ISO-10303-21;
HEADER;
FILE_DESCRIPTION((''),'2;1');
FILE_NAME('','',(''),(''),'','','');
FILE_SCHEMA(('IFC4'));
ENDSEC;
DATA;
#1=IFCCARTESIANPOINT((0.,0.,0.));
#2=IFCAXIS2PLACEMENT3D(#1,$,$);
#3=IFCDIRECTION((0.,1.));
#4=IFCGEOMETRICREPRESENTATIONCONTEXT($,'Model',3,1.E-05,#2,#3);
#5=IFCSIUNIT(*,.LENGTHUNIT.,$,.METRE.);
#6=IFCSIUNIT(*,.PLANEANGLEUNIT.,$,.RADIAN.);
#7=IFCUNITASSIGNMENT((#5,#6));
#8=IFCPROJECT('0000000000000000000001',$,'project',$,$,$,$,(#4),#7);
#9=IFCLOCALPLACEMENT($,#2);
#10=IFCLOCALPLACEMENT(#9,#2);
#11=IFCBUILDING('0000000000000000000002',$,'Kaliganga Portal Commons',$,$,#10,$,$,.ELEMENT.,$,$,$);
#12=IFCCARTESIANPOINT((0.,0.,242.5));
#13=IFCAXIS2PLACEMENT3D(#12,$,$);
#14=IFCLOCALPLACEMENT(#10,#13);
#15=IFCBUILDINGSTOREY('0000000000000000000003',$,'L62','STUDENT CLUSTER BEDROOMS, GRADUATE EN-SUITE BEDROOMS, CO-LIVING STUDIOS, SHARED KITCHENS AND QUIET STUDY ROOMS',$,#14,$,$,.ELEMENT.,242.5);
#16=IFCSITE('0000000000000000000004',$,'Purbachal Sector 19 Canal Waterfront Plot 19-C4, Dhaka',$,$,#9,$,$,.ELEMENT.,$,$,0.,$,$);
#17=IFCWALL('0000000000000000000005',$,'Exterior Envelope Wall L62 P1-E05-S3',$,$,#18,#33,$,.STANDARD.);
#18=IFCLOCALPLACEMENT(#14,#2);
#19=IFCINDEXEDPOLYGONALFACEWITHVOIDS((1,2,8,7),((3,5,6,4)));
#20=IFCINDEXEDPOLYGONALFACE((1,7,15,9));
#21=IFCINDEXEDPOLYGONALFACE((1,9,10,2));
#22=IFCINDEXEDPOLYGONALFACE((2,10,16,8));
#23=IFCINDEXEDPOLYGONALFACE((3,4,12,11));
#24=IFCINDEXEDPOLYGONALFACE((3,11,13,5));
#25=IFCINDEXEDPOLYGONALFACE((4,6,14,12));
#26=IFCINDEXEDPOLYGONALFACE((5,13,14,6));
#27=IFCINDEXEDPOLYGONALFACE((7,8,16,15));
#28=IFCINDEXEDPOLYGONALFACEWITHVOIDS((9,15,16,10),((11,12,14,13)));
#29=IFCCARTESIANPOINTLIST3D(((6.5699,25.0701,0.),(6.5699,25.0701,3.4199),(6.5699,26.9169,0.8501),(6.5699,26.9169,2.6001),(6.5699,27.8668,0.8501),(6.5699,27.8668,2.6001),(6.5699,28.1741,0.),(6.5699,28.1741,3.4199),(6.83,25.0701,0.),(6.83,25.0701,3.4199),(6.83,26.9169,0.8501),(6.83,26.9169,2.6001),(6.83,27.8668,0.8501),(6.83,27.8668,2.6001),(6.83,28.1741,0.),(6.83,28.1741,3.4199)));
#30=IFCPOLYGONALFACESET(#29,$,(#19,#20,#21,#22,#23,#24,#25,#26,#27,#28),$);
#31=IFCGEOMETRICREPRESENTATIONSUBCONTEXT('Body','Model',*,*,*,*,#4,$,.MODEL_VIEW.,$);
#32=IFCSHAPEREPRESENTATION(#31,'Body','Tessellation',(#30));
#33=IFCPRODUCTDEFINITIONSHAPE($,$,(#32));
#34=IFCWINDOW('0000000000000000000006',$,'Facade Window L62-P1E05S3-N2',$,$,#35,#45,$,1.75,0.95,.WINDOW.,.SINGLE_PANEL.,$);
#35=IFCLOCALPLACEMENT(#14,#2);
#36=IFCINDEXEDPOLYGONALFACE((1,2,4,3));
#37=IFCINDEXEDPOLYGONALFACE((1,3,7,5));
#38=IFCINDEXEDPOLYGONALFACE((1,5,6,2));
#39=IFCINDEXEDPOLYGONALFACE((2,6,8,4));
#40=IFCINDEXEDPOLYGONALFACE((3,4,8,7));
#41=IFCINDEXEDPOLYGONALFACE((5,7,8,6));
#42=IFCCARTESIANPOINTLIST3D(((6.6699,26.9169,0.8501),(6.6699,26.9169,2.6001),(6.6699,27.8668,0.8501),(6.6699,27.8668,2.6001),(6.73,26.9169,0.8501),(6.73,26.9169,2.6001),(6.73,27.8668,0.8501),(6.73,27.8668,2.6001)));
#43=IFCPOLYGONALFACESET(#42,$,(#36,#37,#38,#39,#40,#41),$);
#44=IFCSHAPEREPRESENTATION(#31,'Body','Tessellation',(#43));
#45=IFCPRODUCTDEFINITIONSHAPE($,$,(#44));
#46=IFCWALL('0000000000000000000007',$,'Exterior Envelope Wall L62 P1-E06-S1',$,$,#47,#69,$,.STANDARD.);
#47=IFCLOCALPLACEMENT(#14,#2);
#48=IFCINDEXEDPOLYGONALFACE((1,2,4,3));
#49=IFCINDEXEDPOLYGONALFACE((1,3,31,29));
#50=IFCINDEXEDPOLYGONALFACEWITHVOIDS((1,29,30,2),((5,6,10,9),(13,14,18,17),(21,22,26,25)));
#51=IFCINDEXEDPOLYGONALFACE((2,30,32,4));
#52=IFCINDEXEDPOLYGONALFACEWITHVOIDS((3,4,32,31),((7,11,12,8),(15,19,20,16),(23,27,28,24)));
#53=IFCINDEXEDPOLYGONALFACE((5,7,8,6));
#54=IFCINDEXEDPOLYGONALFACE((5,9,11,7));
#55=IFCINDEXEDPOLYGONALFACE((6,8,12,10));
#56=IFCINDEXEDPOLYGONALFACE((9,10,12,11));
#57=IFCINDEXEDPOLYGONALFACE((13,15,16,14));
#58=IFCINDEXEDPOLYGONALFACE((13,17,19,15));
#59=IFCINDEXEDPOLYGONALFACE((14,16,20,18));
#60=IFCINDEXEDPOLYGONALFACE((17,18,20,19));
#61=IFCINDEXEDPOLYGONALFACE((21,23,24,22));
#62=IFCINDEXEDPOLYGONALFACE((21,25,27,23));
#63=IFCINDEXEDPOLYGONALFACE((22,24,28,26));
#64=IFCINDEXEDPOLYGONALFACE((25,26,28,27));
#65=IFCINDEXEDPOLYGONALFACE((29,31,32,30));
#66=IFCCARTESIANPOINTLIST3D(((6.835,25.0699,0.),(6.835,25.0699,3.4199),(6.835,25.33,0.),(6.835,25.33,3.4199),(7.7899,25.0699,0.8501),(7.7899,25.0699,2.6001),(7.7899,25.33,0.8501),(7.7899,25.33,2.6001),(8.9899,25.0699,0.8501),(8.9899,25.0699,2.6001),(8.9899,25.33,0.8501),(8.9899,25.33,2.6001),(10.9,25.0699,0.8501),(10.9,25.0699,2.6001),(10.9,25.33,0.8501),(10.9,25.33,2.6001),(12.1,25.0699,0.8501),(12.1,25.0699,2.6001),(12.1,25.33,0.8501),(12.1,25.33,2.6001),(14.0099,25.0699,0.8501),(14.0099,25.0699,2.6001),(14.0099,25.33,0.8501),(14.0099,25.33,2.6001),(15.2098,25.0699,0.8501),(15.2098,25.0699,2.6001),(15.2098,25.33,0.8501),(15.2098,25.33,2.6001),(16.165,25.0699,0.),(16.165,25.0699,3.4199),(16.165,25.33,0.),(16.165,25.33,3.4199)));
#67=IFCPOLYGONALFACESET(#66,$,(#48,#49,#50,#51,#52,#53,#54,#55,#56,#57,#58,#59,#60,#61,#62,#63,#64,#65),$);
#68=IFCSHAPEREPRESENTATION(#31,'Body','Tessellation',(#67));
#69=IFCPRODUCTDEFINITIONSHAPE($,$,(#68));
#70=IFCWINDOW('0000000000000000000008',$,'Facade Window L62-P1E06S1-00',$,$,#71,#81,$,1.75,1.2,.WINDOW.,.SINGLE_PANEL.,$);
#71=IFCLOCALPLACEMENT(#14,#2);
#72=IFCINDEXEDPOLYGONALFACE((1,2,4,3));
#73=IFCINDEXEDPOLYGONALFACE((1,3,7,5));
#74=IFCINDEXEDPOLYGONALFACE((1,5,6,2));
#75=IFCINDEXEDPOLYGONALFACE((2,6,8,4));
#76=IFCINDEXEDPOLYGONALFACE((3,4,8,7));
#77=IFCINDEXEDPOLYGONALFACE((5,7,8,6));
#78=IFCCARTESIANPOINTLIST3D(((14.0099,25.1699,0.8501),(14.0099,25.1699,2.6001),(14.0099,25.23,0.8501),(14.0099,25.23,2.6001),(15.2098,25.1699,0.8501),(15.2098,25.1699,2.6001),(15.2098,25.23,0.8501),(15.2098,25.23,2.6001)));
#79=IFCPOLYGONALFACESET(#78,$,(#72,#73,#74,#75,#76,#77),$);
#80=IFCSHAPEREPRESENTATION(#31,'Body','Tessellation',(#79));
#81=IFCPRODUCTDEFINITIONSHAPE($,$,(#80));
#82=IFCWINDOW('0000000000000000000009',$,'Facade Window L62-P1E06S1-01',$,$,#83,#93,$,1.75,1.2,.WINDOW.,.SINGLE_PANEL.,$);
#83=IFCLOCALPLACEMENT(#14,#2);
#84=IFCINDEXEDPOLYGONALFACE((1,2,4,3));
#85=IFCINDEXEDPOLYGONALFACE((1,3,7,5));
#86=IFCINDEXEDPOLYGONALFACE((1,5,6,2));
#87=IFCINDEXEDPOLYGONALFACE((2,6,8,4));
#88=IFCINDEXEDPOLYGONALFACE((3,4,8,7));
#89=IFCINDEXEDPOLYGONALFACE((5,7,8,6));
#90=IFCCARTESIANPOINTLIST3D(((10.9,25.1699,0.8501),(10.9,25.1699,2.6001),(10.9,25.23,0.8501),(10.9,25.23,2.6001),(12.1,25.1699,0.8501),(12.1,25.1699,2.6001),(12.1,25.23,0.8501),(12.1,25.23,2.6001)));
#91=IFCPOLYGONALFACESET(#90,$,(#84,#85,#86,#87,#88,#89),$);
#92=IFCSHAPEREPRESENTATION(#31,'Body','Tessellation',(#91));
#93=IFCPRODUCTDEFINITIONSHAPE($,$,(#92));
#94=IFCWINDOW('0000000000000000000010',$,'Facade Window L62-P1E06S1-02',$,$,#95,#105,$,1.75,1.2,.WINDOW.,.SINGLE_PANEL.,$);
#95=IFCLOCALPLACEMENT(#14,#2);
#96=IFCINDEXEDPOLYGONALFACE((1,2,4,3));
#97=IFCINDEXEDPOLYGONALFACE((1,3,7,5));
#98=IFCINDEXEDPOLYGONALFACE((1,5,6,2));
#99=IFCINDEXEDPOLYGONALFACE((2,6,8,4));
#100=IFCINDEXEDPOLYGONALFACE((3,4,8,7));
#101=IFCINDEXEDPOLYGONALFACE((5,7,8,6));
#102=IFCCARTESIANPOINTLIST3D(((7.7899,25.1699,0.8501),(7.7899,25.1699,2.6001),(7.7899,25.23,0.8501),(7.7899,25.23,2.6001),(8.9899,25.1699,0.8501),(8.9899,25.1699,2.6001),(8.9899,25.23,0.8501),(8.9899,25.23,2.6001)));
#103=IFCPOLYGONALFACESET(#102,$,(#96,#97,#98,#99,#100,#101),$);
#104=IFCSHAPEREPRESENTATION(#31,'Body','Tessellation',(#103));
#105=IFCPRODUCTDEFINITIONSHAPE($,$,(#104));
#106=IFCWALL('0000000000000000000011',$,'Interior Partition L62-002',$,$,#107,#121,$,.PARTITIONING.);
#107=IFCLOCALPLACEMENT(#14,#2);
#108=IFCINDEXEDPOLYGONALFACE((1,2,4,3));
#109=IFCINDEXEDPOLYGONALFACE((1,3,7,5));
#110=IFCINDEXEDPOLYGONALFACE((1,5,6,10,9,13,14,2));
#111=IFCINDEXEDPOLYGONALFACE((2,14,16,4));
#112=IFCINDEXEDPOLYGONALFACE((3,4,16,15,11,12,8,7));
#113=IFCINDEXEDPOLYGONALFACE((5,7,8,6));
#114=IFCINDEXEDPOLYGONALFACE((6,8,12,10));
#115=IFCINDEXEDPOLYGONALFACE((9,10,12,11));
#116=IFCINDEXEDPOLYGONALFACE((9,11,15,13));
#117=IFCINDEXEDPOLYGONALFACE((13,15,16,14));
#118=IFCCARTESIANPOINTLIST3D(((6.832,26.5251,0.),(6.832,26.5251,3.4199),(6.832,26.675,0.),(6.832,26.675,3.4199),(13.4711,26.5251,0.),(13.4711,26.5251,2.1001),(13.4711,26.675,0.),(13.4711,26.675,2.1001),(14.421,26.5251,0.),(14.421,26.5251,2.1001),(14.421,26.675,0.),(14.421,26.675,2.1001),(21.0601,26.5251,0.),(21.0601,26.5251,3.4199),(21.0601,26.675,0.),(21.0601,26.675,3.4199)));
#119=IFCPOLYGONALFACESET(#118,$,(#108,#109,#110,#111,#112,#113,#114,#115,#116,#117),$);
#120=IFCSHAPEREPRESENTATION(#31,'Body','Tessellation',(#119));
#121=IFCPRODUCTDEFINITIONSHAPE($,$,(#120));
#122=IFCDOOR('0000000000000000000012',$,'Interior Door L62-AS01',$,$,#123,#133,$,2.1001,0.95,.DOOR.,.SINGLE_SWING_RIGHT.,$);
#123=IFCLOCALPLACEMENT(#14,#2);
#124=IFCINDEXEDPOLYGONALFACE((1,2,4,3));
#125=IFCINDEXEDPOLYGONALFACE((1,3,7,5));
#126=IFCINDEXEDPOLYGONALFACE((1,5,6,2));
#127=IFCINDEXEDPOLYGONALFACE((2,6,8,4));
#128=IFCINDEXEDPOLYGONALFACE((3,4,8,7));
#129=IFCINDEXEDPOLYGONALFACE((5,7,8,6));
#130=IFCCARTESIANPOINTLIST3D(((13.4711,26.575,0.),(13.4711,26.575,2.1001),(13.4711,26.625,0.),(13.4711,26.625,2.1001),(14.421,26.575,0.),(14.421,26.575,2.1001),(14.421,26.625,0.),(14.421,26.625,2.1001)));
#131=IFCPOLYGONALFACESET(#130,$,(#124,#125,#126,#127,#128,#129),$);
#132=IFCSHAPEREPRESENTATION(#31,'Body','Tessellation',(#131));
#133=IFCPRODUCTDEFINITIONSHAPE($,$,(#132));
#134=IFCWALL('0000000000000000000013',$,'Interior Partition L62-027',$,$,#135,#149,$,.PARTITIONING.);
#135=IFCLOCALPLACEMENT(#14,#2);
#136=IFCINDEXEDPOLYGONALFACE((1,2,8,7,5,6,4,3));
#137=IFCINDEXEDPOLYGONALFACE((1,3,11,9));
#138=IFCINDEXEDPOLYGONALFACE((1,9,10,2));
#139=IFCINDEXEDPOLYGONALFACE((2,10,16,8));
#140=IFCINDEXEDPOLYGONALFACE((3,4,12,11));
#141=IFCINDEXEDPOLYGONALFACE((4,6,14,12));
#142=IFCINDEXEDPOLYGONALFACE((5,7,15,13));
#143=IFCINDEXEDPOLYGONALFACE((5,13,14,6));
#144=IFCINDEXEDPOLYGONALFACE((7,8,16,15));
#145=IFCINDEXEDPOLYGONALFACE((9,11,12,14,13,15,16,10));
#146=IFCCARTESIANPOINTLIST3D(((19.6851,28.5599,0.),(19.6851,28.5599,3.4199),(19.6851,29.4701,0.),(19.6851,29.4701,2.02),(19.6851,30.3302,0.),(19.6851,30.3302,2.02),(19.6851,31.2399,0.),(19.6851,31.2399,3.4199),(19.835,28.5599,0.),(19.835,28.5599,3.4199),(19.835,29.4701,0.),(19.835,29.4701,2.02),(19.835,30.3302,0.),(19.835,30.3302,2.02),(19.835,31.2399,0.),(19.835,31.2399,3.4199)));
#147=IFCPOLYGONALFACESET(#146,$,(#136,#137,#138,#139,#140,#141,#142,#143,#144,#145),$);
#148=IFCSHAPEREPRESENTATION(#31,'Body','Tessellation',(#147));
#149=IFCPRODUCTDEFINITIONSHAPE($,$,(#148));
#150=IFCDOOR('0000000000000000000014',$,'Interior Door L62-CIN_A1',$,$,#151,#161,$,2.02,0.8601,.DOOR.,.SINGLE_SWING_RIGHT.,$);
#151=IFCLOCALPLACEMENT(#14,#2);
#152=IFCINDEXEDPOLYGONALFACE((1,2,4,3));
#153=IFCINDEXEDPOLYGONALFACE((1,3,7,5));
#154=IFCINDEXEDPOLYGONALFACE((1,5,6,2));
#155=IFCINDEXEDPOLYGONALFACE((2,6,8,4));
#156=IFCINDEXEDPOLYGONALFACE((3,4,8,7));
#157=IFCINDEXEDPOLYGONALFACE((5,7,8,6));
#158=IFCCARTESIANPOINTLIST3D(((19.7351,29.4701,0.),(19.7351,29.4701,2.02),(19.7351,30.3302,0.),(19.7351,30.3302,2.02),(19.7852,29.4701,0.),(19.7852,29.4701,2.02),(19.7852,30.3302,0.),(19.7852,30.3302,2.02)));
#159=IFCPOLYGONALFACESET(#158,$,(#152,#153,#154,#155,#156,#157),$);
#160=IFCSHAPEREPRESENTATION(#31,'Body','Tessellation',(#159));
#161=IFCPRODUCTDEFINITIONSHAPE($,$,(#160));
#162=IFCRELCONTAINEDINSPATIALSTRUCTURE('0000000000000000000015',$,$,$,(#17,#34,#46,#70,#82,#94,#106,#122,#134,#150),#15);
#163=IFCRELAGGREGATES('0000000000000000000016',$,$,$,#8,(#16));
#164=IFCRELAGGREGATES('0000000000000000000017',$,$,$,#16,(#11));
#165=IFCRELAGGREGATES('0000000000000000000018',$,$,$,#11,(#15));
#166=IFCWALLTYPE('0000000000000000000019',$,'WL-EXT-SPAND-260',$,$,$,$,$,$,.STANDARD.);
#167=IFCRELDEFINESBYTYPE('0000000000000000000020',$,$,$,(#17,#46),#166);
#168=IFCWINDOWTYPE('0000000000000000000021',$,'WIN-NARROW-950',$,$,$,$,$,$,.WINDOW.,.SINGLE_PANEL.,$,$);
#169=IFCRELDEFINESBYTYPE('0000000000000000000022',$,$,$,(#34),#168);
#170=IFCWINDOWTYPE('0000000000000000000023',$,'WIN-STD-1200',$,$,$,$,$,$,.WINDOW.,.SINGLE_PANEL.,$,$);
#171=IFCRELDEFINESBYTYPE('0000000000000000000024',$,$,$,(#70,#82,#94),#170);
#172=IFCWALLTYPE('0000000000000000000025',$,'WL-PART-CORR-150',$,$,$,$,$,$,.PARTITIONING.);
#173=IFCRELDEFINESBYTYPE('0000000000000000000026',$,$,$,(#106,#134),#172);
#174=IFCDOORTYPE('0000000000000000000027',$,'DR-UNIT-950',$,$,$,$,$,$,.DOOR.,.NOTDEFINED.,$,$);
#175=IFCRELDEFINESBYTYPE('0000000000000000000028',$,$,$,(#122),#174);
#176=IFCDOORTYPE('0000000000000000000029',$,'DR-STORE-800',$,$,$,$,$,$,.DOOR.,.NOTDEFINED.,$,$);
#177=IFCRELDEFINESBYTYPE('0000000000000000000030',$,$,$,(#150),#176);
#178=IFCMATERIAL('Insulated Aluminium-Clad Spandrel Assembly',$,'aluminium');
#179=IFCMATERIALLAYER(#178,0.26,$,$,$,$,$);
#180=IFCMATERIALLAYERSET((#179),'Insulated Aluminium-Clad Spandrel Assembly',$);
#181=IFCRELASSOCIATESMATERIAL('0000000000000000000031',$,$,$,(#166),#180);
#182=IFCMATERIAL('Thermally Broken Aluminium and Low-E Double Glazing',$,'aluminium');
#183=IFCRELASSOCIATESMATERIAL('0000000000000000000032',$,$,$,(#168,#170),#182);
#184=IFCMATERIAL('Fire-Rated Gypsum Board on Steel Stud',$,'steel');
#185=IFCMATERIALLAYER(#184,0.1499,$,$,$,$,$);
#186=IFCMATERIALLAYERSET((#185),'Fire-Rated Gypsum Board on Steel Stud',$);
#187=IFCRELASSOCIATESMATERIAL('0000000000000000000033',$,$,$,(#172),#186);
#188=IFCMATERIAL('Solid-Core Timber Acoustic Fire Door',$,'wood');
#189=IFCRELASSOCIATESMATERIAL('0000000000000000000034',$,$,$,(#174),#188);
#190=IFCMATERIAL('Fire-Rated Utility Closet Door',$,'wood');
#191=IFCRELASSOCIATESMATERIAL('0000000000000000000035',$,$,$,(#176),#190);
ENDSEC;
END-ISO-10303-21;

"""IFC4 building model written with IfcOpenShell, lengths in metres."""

from ifc_helpers import new_model, si_unit, direction, frame, frame_2d, origin, place, context, subcontext, project, spatial, rectangle, extrude, material, layer, layer_set, type_object, element, fill, save


model = new_model("IFC4")

# Units and contexts
model_context = context("Model", 3, precision=1e-05, world=origin(), true_north=direction((0.0, 1.0)))
body_context = subcontext(model_context, "Body", "Model", "MODEL_VIEW")
ifc_project = project(units=[si_unit("LENGTHUNIT", "METRE"), si_unit("PLANEANGLEUNIT", "RADIAN")], contexts=[model_context])

# Site, building, storey
site_placement = place(None, origin())
site = spatial("IfcSite", under=ifc_project, at=site_placement, Name="Purbachal Sector 19 Canal Waterfront Plot 19-C4, Dhaka", CompositionType="ELEMENT", RefElevation=0.0)
building_placement = place(site_placement, origin())
building = spatial("IfcBuilding", under=site, at=building_placement, Name="Kaliganga Portal Commons", CompositionType="ELEMENT")
storey_placement = place(building_placement, frame((0.0, 0.0, 242.5)))
storey = spatial("IfcBuildingStorey", under=building, at=storey_placement, Name="L62", Description="STUDENT CLUSTER BEDROOMS, GRADUATE EN-SUITE BEDROOMS, CO-LIVING STUDIOS, SHARED KITCHENS AND QUIET STUDY ROOMS", CompositionType="ELEMENT", Elevation=242.5)

# Wall, opening, window
ifc_material_1 = material(Name="Insulated Aluminium-Clad Spandrel Assembly", Category="aluminium")
ifc_layer_1 = layer(ifc_material_1, 0.26)
ifc_layer_set_1 = layer_set([ifc_layer_1], Name="Insulated Aluminium-Clad Spandrel Assembly")
wall_type_1 = type_object("IfcWallType", Name="WL-EXT-SPAND-260", PredefinedType="STANDARD", material=ifc_layer_set_1)
wall_1_placement = place(storey_placement, frame((6.7, 25.0701, 0.0), z_axis=(0.0, 0.0, 1.0), x_axis=(0.0, 1.0, 0.0)))
wall_1 = element("IfcWall", 1, at=wall_1_placement, inside=storey, type_object=wall_type_1, Name="Exterior Envelope Wall L62 P1-E05-S3", PredefinedType="STANDARD", context=body_context, shape_type="SweptSolid", body=[
    extrude(rectangle(XDim=3.104, YDim=0.26, at=frame_2d((1.552, 0.0))), origin(), (0.0, 0.0, 1.0), 3.4199),
])
opening_1_placement = place(wall_1_placement, frame((1.8467, 0.0, 0.8501)))
opening_1 = element("IfcOpeningElement", 2, at=opening_1_placement, cuts=wall_1, PredefinedType="OPENING", context=body_context, shape_type="SweptSolid", body=[
    extrude(rectangle(XDim=0.95, YDim=1.75, at=frame_2d((0.4751, 0.875))), frame((0.0, 0.1401, 0.0), z_axis=(0.0, -1.0, 0.0), x_axis=(1.0, 0.0, 0.0)), (0.0, 0.0, 1.0), 0.28),
])
ifc_material_2 = material(Name="Thermally Broken Aluminium and Low-E Double Glazing", Category="aluminium")
window_type_1 = type_object("IfcWindowType", Name="WIN-NARROW-950", PartitioningType="SINGLE_PANEL", PredefinedType="WINDOW", material=ifc_material_2)
window_1_placement = place(opening_1_placement, origin())
window_1 = element("IfcWindow", 3, at=window_1_placement, inside=storey, type_object=window_type_1, Name="Facade Window L62-P1E05S3-N2", OverallHeight=1.75, OverallWidth=0.95, PartitioningType="SINGLE_PANEL", PredefinedType="WINDOW", context=body_context, shape_type="SweptSolid", body=[
    extrude(rectangle(XDim=0.95, YDim=1.75, at=frame_2d((0.4751, 0.875))), frame((0.0, 0.03, 0.0), z_axis=(0.0, -1.0, 0.0), x_axis=(1.0, 0.0, 0.0)), (0.0, 0.0, 1.0), 0.0601),
])
fill(opening_1, window_1)

# Wall, openings, windows
wall_2_placement = place(storey_placement, frame((16.165, 25.2, 0.0), z_axis=(0.0, 0.0, 1.0), x_axis=(-1.0, 0.0, 0.0)))
wall_2 = element("IfcWall", 4, at=wall_2_placement, inside=storey, type_object=wall_type_1, Name="Exterior Envelope Wall L62 P1-E06-S1", PredefinedType="STANDARD", context=body_context, shape_type="SweptSolid", body=[
    extrude(rectangle(XDim=9.3301, YDim=0.26, at=frame_2d((4.665, 0.0))), origin(), (0.0, 0.0, 1.0), 3.4199),
])
opening_2_placement = place(wall_2_placement, frame((0.9551, 0.0, 0.8501)))
opening_2 = element("IfcOpeningElement", 5, at=opening_2_placement, cuts=wall_2, PredefinedType="OPENING", context=body_context, shape_type="SweptSolid", body=[
    extrude(rectangle(XDim=1.2, YDim=1.75, at=frame_2d((0.6001, 0.875))), frame((0.0, 0.1401, 0.0), z_axis=(0.0, -1.0, 0.0), x_axis=(1.0, 0.0, 0.0)), (0.0, 0.0, 1.0), 0.28),
])
opening_3_placement = place(wall_2_placement, frame((4.0649, 0.0, 0.8501)))
opening_3 = element("IfcOpeningElement", 6, at=opening_3_placement, cuts=wall_2, PredefinedType="OPENING", context=body_context, shape_type="SweptSolid", body=[
    extrude(rectangle(XDim=1.2, YDim=1.75, at=frame_2d((0.6001, 0.875))), frame((0.0, 0.1401, 0.0), z_axis=(0.0, -1.0, 0.0), x_axis=(1.0, 0.0, 0.0)), (0.0, 0.0, 1.0), 0.28),
])
opening_4_placement = place(wall_2_placement, frame((7.175, 0.0, 0.8501)))
opening_4 = element("IfcOpeningElement", 7, at=opening_4_placement, cuts=wall_2, PredefinedType="OPENING", context=body_context, shape_type="SweptSolid", body=[
    extrude(rectangle(XDim=1.2, YDim=1.75, at=frame_2d((0.6001, 0.875))), frame((0.0, 0.1401, 0.0), z_axis=(0.0, -1.0, 0.0), x_axis=(1.0, 0.0, 0.0)), (0.0, 0.0, 1.0), 0.28),
])
window_type_2 = type_object("IfcWindowType", Name="WIN-STD-1200", PartitioningType="SINGLE_PANEL", PredefinedType="WINDOW", material=ifc_material_2)
window_2_placement = place(opening_2_placement, origin())
window_2 = element("IfcWindow", 8, at=window_2_placement, inside=storey, type_object=window_type_2, Name="Facade Window L62-P1E06S1-00", OverallHeight=1.75, OverallWidth=1.2, PartitioningType="SINGLE_PANEL", PredefinedType="WINDOW", context=body_context, shape_type="SweptSolid", body=[
    extrude(rectangle(XDim=1.2, YDim=1.75, at=frame_2d((0.6001, 0.875))), frame((0.0, 0.03, 0.0), z_axis=(0.0, -1.0, 0.0), x_axis=(1.0, 0.0, 0.0)), (0.0, 0.0, 1.0), 0.0601),
])
fill(opening_2, window_2)
window_3_placement = place(opening_3_placement, origin())
window_3 = element("IfcWindow", 9, at=window_3_placement, inside=storey, type_object=window_type_2, Name="Facade Window L62-P1E06S1-01", OverallHeight=1.75, OverallWidth=1.2, PartitioningType="SINGLE_PANEL", PredefinedType="WINDOW", context=body_context, shape_type="SweptSolid", body=[
    extrude(rectangle(XDim=1.2, YDim=1.75, at=frame_2d((0.6001, 0.875))), frame((0.0, 0.03, 0.0), z_axis=(0.0, -1.0, 0.0), x_axis=(1.0, 0.0, 0.0)), (0.0, 0.0, 1.0), 0.0601),
])
fill(opening_3, window_3)
window_4_placement = place(opening_4_placement, origin())
window_4 = element("IfcWindow", 10, at=window_4_placement, inside=storey, type_object=window_type_2, Name="Facade Window L62-P1E06S1-02", OverallHeight=1.75, OverallWidth=1.2, PartitioningType="SINGLE_PANEL", PredefinedType="WINDOW", context=body_context, shape_type="SweptSolid", body=[
    extrude(rectangle(XDim=1.2, YDim=1.75, at=frame_2d((0.6001, 0.875))), frame((0.0, 0.03, 0.0), z_axis=(0.0, -1.0, 0.0), x_axis=(1.0, 0.0, 0.0)), (0.0, 0.0, 1.0), 0.0601),
])
fill(opening_4, window_4)

# Walls, openings, doors
ifc_material_3 = material(Name="Fire-Rated Gypsum Board on Steel Stud", Category="steel")
ifc_layer_2 = layer(ifc_material_3, 0.1499)
ifc_layer_set_2 = layer_set([ifc_layer_2], Name="Fire-Rated Gypsum Board on Steel Stud")
wall_type_2 = type_object("IfcWallType", Name="WL-PART-CORR-150", PredefinedType="PARTITIONING", material=ifc_layer_set_2)
wall_3_placement = place(storey_placement, frame((6.832, 26.6001, 0.0), z_axis=(0.0, 0.0, 1.0), x_axis=(1.0, 0.0, 0.0)))
wall_3 = element("IfcWall", 11, at=wall_3_placement, inside=storey, type_object=wall_type_2, Name="Interior Partition L62-002", PredefinedType="PARTITIONING", context=body_context, shape_type="SweptSolid", body=[
    extrude(rectangle(XDim=14.228, YDim=0.1499, at=frame_2d((7.114, 0.0))), origin(), (0.0, 0.0, 1.0), 3.4199),
])
opening_5_placement = place(wall_3_placement, frame((6.6389, 0.0, 0.0)))
opening_5 = element("IfcOpeningElement", 12, at=opening_5_placement, cuts=wall_3, PredefinedType="OPENING", context=body_context, shape_type="SweptSolid", body=[
    extrude(rectangle(XDim=0.95, YDim=2.1001, at=frame_2d((0.4751, 1.05))), frame((0.0, 0.085, 0.0), z_axis=(0.0, -1.0, 0.0), x_axis=(1.0, 0.0, 0.0)), (0.0, 0.0, 1.0), 0.1699),
])
ifc_material_4 = material(Name="Solid-Core Timber Acoustic Fire Door", Category="wood")
door_type_1 = type_object("IfcDoorType", Name="DR-UNIT-950", OperationType="NOTDEFINED", PredefinedType="DOOR", material=ifc_material_4)
door_1_placement = place(opening_5_placement, origin())
door_1 = element("IfcDoor", 13, at=door_1_placement, inside=storey, type_object=door_type_1, Name="Interior Door L62-AS01", OperationType="SINGLE_SWING_RIGHT", OverallHeight=2.1001, OverallWidth=0.95, PredefinedType="DOOR", context=body_context, shape_type="SweptSolid", body=[
    extrude(rectangle(XDim=0.95, YDim=2.1001, at=frame_2d((0.4751, 1.05))), frame((0.0, 0.0249, 0.0), z_axis=(0.0, -1.0, 0.0), x_axis=(1.0, 0.0, 0.0)), (0.0, 0.0, 1.0), 0.05),
])
fill(opening_5, door_1)
wall_4_placement = place(storey_placement, frame((19.76, 28.5601, 0.0), z_axis=(0.0, 0.0, 1.0), x_axis=(0.0, 1.0, 0.0)))
wall_4 = element("IfcWall", 14, at=wall_4_placement, inside=storey, type_object=wall_type_2, Name="Interior Partition L62-027", PredefinedType="PARTITIONING", context=body_context, shape_type="SweptSolid", body=[
    extrude(rectangle(XDim=2.6799, YDim=0.1499, at=frame_2d((1.3398, 0.0))), origin(), (0.0, 0.0, 1.0), 3.4199),
])
opening_6_placement = place(wall_4_placement, frame((0.9099, 0.0, 0.0)))
opening_6 = element("IfcOpeningElement", 15, at=opening_6_placement, cuts=wall_4, PredefinedType="OPENING", context=body_context, shape_type="SweptSolid", body=[
    extrude(rectangle(XDim=0.8601, YDim=2.02, at=frame_2d((0.4302, 1.01))), frame((0.0, 0.085, 0.0), z_axis=(0.0, -1.0, 0.0), x_axis=(1.0, 0.0, 0.0)), (0.0, 0.0, 1.0), 0.1699),
])
ifc_material_5 = material(Name="Fire-Rated Utility Closet Door", Category="wood")
door_type_2 = type_object("IfcDoorType", Name="DR-STORE-800", OperationType="NOTDEFINED", PredefinedType="DOOR", material=ifc_material_5)
door_2_placement = place(opening_6_placement, origin())
door_2 = element("IfcDoor", 16, at=door_2_placement, inside=storey, type_object=door_type_2, Name="Interior Door L62-CIN_A1", OperationType="SINGLE_SWING_RIGHT", OverallHeight=2.02, OverallWidth=0.8601, PredefinedType="DOOR", context=body_context, shape_type="SweptSolid", body=[
    extrude(rectangle(XDim=0.8601, YDim=2.02, at=frame_2d((0.4302, 1.01))), frame((0.0, 0.0249, 0.0), z_axis=(0.0, -1.0, 0.0), x_axis=(1.0, 0.0, 0.0)), (0.0, 0.0, 1.0), 0.05),
])
fill(opening_6, door_2)

save(model, "model.ifc")
